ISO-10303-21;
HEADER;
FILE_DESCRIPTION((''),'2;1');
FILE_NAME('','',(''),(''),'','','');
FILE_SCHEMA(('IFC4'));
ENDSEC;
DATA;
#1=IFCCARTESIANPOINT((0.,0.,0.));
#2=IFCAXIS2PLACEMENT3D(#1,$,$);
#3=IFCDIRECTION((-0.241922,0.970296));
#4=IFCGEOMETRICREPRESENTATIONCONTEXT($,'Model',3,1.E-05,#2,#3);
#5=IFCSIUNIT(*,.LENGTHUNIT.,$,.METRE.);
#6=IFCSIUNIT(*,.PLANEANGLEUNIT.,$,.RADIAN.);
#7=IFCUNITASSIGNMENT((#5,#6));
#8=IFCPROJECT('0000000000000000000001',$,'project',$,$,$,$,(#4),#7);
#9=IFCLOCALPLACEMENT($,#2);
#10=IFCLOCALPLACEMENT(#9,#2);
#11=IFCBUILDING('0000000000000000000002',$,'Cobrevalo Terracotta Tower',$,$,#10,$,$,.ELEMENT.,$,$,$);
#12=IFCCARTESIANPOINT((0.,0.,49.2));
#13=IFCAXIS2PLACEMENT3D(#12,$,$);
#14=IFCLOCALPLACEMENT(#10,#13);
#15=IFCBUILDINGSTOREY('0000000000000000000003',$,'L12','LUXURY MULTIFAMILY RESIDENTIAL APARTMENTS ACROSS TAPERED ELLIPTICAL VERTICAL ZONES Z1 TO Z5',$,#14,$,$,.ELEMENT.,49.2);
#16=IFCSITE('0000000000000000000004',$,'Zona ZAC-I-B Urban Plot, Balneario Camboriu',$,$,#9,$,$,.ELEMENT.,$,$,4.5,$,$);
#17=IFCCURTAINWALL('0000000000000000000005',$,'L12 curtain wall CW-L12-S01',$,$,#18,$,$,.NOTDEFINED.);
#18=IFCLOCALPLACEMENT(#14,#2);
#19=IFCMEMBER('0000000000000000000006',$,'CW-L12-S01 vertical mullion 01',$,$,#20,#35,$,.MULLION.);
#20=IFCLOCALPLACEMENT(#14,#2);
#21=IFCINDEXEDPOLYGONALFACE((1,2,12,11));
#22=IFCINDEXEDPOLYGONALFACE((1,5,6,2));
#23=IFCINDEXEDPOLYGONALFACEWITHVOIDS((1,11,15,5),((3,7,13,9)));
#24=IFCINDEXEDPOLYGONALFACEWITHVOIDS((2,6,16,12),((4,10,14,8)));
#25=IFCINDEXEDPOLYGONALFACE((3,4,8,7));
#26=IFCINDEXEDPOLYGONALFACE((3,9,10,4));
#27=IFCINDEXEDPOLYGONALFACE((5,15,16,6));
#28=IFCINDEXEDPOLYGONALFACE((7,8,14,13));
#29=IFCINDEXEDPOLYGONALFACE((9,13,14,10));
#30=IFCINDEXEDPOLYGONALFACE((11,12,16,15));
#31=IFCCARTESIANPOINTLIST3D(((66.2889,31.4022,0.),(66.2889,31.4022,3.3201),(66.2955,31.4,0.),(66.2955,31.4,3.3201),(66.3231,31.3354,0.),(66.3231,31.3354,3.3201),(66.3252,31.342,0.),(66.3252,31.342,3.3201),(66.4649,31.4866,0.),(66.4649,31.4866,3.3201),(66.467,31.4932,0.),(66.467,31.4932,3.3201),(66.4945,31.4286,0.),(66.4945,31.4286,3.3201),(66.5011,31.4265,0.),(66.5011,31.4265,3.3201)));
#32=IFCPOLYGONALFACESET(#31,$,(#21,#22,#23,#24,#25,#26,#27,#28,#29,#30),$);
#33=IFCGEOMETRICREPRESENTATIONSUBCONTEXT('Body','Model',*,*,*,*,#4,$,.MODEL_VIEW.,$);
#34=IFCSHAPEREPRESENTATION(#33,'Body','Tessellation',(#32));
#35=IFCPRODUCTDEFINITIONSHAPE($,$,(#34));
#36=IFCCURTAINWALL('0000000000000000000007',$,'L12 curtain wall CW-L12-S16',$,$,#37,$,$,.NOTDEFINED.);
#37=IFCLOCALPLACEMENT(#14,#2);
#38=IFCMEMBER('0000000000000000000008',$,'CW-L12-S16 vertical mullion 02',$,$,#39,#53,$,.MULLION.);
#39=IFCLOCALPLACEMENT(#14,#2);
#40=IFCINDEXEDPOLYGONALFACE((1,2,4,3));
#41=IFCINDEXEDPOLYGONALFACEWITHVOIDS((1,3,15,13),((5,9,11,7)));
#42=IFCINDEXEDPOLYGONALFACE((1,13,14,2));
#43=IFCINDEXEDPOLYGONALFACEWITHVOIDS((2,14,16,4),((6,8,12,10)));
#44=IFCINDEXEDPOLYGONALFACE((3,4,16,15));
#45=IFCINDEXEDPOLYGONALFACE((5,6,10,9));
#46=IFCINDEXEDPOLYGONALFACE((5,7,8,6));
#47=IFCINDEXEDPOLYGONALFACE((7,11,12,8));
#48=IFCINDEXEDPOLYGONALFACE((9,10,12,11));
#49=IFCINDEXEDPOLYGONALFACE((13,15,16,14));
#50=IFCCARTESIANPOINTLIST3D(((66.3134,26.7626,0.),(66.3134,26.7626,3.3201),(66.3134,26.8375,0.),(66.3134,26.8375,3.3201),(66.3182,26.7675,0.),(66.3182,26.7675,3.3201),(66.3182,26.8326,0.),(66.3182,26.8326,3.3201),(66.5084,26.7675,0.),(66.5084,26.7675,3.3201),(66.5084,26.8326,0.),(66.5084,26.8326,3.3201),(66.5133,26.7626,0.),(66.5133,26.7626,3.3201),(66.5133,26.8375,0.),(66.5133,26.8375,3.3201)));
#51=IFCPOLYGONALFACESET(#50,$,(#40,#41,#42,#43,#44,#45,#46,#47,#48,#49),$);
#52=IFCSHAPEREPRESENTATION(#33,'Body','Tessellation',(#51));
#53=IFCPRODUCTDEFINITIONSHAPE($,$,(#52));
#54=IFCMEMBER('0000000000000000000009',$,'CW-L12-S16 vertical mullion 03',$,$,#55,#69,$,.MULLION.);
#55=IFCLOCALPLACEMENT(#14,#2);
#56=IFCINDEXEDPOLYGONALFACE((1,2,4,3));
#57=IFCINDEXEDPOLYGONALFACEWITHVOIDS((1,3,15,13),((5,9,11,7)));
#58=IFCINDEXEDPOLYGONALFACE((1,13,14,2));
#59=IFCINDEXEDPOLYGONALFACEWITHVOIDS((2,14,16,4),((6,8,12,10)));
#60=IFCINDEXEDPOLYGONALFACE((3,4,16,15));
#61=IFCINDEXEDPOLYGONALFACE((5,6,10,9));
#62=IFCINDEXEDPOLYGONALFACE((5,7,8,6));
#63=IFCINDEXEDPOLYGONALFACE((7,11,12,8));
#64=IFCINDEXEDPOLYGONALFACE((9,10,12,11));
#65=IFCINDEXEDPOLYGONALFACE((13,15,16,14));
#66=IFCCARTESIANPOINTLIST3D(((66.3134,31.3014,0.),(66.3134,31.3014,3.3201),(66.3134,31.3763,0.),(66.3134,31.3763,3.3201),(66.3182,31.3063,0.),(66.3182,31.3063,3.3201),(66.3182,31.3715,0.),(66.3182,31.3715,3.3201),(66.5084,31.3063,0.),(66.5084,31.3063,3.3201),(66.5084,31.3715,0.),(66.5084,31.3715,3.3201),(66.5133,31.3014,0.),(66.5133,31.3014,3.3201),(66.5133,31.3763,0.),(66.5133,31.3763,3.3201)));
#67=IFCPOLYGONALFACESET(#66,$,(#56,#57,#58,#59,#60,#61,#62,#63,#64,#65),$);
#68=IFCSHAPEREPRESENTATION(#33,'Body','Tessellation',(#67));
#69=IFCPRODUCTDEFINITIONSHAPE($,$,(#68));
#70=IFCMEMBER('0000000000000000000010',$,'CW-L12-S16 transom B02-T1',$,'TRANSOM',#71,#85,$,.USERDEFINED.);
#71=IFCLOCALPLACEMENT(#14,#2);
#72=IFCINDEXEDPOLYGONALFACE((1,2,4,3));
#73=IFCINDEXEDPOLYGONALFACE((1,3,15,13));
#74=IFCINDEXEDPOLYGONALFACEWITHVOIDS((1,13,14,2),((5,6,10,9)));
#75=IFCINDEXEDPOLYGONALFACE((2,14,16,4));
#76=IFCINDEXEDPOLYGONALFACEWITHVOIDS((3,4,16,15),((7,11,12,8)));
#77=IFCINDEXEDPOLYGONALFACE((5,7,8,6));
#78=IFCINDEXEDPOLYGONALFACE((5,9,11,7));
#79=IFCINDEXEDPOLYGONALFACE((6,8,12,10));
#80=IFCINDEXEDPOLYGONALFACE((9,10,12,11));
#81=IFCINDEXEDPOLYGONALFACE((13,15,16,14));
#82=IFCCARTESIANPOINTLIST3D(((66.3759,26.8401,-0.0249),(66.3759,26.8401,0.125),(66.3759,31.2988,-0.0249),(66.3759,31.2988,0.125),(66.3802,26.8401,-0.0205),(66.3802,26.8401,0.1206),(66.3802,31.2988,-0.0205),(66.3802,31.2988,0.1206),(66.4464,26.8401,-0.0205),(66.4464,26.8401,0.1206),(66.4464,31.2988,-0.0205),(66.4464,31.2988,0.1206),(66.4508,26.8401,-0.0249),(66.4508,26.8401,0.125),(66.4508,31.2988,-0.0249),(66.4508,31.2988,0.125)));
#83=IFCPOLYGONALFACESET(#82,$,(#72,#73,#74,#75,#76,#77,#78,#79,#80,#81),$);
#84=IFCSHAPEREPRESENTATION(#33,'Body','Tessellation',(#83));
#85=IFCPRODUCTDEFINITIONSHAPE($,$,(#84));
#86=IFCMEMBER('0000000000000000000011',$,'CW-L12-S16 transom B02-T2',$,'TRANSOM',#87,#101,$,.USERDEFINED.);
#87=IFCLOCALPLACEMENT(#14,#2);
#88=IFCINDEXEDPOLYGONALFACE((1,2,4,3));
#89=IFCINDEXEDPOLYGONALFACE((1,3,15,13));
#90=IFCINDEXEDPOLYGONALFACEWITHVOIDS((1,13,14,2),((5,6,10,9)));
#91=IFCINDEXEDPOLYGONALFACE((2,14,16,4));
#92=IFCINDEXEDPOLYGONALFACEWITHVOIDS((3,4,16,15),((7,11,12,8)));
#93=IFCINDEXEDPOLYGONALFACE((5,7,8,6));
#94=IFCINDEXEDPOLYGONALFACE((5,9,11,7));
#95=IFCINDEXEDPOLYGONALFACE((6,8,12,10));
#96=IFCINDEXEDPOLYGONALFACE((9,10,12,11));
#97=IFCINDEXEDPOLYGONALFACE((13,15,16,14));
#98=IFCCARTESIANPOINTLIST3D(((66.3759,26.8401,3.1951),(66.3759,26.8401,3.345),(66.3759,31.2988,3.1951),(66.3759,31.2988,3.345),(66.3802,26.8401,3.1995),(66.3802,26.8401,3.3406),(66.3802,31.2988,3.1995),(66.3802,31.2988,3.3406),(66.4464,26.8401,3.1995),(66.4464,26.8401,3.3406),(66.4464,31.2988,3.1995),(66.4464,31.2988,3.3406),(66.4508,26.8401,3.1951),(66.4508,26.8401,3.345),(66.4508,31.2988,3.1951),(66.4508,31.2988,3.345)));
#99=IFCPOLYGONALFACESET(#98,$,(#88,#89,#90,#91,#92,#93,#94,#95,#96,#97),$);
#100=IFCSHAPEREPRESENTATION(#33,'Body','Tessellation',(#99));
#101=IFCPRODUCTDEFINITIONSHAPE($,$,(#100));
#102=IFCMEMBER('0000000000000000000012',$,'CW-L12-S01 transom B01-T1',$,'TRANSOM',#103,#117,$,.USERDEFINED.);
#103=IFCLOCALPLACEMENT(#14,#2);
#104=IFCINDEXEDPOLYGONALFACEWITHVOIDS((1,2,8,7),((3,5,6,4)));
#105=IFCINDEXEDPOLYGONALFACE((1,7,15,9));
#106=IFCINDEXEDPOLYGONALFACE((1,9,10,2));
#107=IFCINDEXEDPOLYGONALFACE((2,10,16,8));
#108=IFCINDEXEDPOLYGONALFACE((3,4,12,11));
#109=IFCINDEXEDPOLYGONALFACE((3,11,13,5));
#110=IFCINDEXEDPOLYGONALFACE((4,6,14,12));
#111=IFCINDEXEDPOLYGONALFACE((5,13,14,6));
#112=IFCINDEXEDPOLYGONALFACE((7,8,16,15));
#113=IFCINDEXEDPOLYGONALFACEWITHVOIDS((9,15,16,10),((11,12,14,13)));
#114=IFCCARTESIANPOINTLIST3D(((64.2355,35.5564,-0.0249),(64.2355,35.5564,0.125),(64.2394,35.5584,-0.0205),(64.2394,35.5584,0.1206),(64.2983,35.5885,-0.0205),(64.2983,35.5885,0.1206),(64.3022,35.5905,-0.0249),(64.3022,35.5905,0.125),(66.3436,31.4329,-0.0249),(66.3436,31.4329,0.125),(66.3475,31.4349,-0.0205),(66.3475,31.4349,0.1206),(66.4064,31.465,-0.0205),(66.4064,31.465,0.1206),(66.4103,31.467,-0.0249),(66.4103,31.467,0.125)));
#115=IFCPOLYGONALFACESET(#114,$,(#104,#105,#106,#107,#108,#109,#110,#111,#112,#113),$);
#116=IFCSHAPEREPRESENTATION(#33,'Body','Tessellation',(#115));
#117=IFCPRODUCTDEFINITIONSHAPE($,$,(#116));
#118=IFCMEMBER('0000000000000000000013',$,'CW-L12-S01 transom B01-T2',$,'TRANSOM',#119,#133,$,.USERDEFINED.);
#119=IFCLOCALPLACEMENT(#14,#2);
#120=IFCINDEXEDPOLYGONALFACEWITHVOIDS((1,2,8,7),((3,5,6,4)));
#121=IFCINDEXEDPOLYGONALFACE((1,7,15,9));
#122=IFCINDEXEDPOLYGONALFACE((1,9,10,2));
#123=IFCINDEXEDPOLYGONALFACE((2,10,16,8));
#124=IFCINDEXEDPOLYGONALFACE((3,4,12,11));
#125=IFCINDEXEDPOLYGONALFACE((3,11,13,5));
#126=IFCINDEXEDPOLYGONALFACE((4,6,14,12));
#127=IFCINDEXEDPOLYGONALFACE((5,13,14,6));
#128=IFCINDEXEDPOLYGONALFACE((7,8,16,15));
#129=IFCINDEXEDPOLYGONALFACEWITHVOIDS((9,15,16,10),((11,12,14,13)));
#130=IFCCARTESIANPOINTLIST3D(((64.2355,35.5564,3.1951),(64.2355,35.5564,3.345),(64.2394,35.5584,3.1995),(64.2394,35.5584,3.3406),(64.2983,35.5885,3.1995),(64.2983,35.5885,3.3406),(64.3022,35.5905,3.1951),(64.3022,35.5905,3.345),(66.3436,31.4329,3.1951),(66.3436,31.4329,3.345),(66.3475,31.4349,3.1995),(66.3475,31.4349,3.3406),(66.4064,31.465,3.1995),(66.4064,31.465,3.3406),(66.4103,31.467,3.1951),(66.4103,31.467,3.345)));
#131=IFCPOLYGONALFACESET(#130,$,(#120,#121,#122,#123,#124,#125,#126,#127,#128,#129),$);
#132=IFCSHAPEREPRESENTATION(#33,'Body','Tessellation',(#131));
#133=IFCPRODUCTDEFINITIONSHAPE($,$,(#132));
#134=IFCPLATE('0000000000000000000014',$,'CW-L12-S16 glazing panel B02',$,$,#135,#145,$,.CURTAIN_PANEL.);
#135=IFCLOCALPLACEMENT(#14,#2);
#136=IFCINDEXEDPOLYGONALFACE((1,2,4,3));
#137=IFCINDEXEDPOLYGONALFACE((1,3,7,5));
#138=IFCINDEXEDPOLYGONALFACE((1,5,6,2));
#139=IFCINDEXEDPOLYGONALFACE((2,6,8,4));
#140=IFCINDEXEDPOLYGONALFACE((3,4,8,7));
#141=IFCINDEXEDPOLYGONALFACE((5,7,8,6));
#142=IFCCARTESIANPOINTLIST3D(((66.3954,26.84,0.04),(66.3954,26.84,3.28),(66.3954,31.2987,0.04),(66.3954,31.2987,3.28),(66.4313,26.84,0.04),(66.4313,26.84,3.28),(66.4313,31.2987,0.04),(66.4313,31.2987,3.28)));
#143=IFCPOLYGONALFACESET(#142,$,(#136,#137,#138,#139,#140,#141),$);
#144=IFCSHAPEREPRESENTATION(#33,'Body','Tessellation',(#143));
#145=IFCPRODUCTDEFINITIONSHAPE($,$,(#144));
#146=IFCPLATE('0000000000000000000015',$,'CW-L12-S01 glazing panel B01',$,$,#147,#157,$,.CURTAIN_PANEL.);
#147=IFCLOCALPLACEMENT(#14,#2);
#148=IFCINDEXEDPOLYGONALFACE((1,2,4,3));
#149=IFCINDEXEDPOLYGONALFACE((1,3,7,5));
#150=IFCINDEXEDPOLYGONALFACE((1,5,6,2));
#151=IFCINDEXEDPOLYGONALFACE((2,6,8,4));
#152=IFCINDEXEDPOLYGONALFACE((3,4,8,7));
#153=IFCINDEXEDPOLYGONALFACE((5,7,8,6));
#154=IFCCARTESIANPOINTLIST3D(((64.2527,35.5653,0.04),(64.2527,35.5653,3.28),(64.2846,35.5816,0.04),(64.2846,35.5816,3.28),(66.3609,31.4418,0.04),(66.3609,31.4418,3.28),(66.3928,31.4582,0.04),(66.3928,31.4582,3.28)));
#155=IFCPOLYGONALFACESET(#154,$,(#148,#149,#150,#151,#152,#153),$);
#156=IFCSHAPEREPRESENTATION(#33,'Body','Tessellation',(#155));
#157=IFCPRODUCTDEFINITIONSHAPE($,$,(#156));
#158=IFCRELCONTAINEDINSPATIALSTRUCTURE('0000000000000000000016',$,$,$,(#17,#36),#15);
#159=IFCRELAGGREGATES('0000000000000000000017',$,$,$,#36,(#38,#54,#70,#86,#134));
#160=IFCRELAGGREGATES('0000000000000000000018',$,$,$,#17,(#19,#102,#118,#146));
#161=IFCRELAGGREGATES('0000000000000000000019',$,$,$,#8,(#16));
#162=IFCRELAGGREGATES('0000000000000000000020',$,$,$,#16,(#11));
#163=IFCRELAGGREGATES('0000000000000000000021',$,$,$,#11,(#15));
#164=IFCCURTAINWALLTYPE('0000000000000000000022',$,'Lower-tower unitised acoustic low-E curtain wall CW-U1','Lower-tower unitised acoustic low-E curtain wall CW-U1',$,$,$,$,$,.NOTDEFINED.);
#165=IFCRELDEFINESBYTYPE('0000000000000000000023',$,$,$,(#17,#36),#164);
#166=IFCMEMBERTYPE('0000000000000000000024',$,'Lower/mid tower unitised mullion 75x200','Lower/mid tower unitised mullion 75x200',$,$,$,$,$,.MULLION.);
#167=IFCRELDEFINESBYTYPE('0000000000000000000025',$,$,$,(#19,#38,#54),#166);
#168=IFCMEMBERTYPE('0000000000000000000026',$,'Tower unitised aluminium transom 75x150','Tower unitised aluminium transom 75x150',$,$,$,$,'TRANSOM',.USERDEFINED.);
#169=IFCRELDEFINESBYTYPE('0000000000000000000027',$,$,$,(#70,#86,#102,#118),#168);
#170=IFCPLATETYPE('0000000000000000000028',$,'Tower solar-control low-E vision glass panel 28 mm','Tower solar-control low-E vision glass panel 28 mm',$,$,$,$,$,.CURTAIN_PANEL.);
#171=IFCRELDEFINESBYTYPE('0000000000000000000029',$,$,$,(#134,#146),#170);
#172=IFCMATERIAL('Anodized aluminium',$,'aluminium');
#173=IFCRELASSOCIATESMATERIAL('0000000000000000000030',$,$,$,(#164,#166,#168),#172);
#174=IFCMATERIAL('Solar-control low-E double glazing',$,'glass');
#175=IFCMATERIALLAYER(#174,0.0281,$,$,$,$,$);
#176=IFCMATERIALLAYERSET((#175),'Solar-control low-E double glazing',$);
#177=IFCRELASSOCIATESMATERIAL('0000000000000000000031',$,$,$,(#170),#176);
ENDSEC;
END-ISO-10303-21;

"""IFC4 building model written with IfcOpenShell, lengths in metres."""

from ifc_helpers import new_model, si_unit, direction, frame, origin, origin_2d, place, context, subcontext, project, spatial, rectangle, hollow_rectangle, extrude, source, transform, mapped, material, layer, layer_set, material_profile, profile_set, type_object, element, aggregate, save


model = new_model("IFC4")

# Units and contexts
model_context = context("Model", 3, precision=1e-05, world=origin(), true_north=direction((-0.241922, 0.970296)))
body_context = subcontext(model_context, "Body", "Model", "MODEL_VIEW")
ifc_project = project(units=[si_unit("LENGTHUNIT", "METRE"), si_unit("PLANEANGLEUNIT", "RADIAN")], contexts=[model_context])

# Site, building, storey
site_placement = place(None, origin())
site = spatial("IfcSite", under=ifc_project, at=site_placement, Name="Zona ZAC-I-B Urban Plot, Balneario Camboriu", CompositionType="ELEMENT", RefElevation=4.5)
building_placement = place(site_placement, origin())
building = spatial("IfcBuilding", under=site, at=building_placement, Name="Cobrevalo Terracotta Tower", CompositionType="ELEMENT")
storey_placement = place(building_placement, frame((0.0, 0.0, 49.2)))
storey = spatial("IfcBuildingStorey", under=building, at=storey_placement, Name="L12", Description="LUXURY MULTIFAMILY RESIDENTIAL APARTMENTS ACROSS TAPERED ELLIPTICAL VERTICAL ZONES Z1 TO Z5", CompositionType="ELEMENT", Elevation=49.2)

# Curtain wall, member
ifc_material_1 = material(Name="Anodized aluminium", Category="aluminium")
curtain_wall_type = type_object("IfcCurtainWallType", Name="Lower-tower unitised acoustic low-E curtain wall CW-U1", Description="Lower-tower unitised acoustic low-E curtain wall CW-U1", PredefinedType="NOTDEFINED", material=ifc_material_1)
curtain_wall_1_placement = place(storey_placement, origin())
curtain_wall_1 = element("IfcCurtainWall", 1, at=curtain_wall_1_placement, inside=storey, type_object=curtain_wall_type, Name="L12 curtain wall CW-L12-S01", PredefinedType="NOTDEFINED")
ifc_material_profile_1 = material_profile(ifc_material_1, hollow_rectangle(XDim=0.075, YDim=0.2, WallThickness=0.0049, at=origin_2d()), Name="CWM 75x200")
ifc_profile_set_1 = profile_set([ifc_material_profile_1], Name="Anodized aluminium")
member_type_1 = type_object("IfcMemberType", Name="Lower/mid tower unitised mullion 75x200", Description="Lower/mid tower unitised mullion 75x200", PredefinedType="MULLION", material=ifc_profile_set_1)
shared_shape_1 = source(origin(), body_context, "Body", "SweptSolid", [
    extrude(hollow_rectangle(XDim=0.075, YDim=0.2, WallThickness=0.0049, at=origin_2d()), origin(), (0.0, 0.0, 1.0), 3.3201),
])
member_1_placement = place(storey_placement, frame((66.395, 31.4143, 0.0), z_axis=(0.0, 0.0, 1.0), x_axis=(-0.455234, 0.890372, 0.0)))
member_1 = element("IfcMember", 2, at=member_1_placement, type_object=member_type_1, Name="CW-L12-S01 vertical mullion 01", PredefinedType="MULLION", context=body_context, shape_type="MappedRepresentation", body=[
    mapped(shared_shape_1, transform((0.0, 0.0, 0.0), scale=1.0)),
])

# Curtain wall, members
curtain_wall_2_placement = place(storey_placement, origin())
curtain_wall_2 = element("IfcCurtainWall", 3, at=curtain_wall_2_placement, inside=storey, type_object=curtain_wall_type, Name="L12 curtain wall CW-L12-S16", PredefinedType="NOTDEFINED")
member_2_placement = place(storey_placement, frame((66.4133, 26.8, 0.0), z_axis=(0.0, 0.0, 1.0), x_axis=(0.0, 1.0, 0.0)))
member_2 = element("IfcMember", 4, at=member_2_placement, type_object=member_type_1, Name="CW-L12-S16 vertical mullion 02", PredefinedType="MULLION", context=body_context, shape_type="MappedRepresentation", body=[
    mapped(shared_shape_1, transform((0.0, 0.0, 0.0), scale=1.0)),
])
member_3_placement = place(storey_placement, frame((66.4133, 31.3389, 0.0), z_axis=(0.0, 0.0, 1.0), x_axis=(0.0, 1.0, 0.0)))
member_3 = element("IfcMember", 5, at=member_3_placement, type_object=member_type_1, Name="CW-L12-S16 vertical mullion 03", PredefinedType="MULLION", context=body_context, shape_type="MappedRepresentation", body=[
    mapped(shared_shape_1, transform((0.0, 0.0, 0.0), scale=1.0)),
])
ifc_material_profile_2 = material_profile(ifc_material_1, hollow_rectangle(XDim=0.075, YDim=0.1499, WallThickness=0.0044, at=origin_2d()), Name="CWT 75x150")
ifc_profile_set_2 = profile_set([ifc_material_profile_2], Name="Anodized aluminium")
member_type_2 = type_object("IfcMemberType", Name="Tower unitised aluminium transom 75x150", Description="Tower unitised aluminium transom 75x150", ElementType="TRANSOM", PredefinedType="USERDEFINED", material=ifc_profile_set_2)
shared_shape_2 = source(origin(), body_context, "Body", "SweptSolid", [
    extrude(hollow_rectangle(XDim=0.075, YDim=0.1499, WallThickness=0.0044, at=origin_2d()), origin(), (0.0, 0.0, 1.0), 4.4587),
])
member_4_placement = place(storey_placement, frame((66.4133, 26.8401, 0.05), z_axis=(0.0, 1.0, 0.0), x_axis=(-1.0, 0.0, 0.0)))
member_4 = element("IfcMember", 6, at=member_4_placement, type_object=member_type_2, Name="CW-L12-S16 transom B02-T1", ObjectType="TRANSOM", PredefinedType="USERDEFINED", context=body_context, shape_type="MappedRepresentation", body=[
    mapped(shared_shape_2, transform((0.0, 0.0, 0.0), scale=1.0)),
])
member_5_placement = place(storey_placement, frame((66.4133, 26.8401, 3.27), z_axis=(0.0, 1.0, 0.0), x_axis=(-1.0, 0.0, 0.0)))
member_5 = element("IfcMember", 7, at=member_5_placement, type_object=member_type_2, Name="CW-L12-S16 transom B02-T2", ObjectType="TRANSOM", PredefinedType="USERDEFINED", context=body_context, shape_type="MappedRepresentation", body=[
    mapped(shared_shape_2, transform((0.0, 0.0, 0.0), scale=1.0)),
])

# Members
shared_shape_3 = source(origin(), body_context, "Body", "SweptSolid", [
    extrude(hollow_rectangle(XDim=0.075, YDim=0.1499, WallThickness=0.0044, at=origin_2d()), origin(), (0.0, 0.0, 1.0), 4.6311),
])
member_6_placement = place(storey_placement, frame((66.377, 31.45, 0.05), z_axis=(-0.455209, 0.890385, 0.0), x_axis=(-0.890385, -0.455209, 0.0)))
member_6 = element("IfcMember", 8, at=member_6_placement, type_object=member_type_2, Name="CW-L12-S01 transom B01-T1", ObjectType="TRANSOM", PredefinedType="USERDEFINED", context=body_context, shape_type="MappedRepresentation", body=[
    mapped(shared_shape_3, transform((0.0, 0.0, 0.0), scale=1.0)),
])
member_7_placement = place(storey_placement, frame((66.377, 31.45, 3.27), z_axis=(-0.455209, 0.890385, 0.0), x_axis=(-0.890385, -0.455209, 0.0)))
member_7 = element("IfcMember", 9, at=member_7_placement, type_object=member_type_2, Name="CW-L12-S01 transom B01-T2", ObjectType="TRANSOM", PredefinedType="USERDEFINED", context=body_context, shape_type="MappedRepresentation", body=[
    mapped(shared_shape_3, transform((0.0, 0.0, 0.0), scale=1.0)),
])

# Plates
ifc_material_2 = material(Name="Solar-control low-E double glazing", Category="glass")
ifc_layer_1 = layer(ifc_material_2, 0.0281)
ifc_layer_set_1 = layer_set([ifc_layer_1], Name="Solar-control low-E double glazing")
plate_type = type_object("IfcPlateType", Name="Tower solar-control low-E vision glass panel 28 mm", Description="Tower solar-control low-E vision glass panel 28 mm", PredefinedType="CURTAIN_PANEL", material=ifc_layer_set_1)
shared_shape_4 = source(origin(), body_context, "Body", "SweptSolid", [
    extrude(rectangle(XDim=4.4587, YDim=0.0359, at=origin_2d()), origin(), (0.0, 0.0, 1.0), 3.24),
])
plate_1_placement = place(storey_placement, frame((66.4133, 29.0693, 0.04), z_axis=(0.0, 0.0, 1.0), x_axis=(0.0, 1.0, 0.0)))
plate_1 = element("IfcPlate", 10, at=plate_1_placement, type_object=plate_type, Name="CW-L12-S16 glazing panel B02", PredefinedType="CURTAIN_PANEL", context=body_context, shape_type="MappedRepresentation", body=[
    mapped(shared_shape_4, transform((0.0, 0.0, 0.0), scale=1.0)),
])
aggregate(curtain_wall_2, [member_2, member_3, member_4, member_5, plate_1])
shared_shape_5 = source(origin(), body_context, "Body", "SweptSolid", [
    extrude(rectangle(XDim=4.6311, YDim=0.0359, at=origin_2d()), origin(), (0.0, 0.0, 1.0), 3.24),
])
plate_2_placement = place(storey_placement, frame((65.3228, 33.5117, 0.04), z_axis=(0.0, 0.0, 1.0), x_axis=(-0.455231, 0.890373, 0.0)))
plate_2 = element("IfcPlate", 11, at=plate_2_placement, type_object=plate_type, Name="CW-L12-S01 glazing panel B01", PredefinedType="CURTAIN_PANEL", context=body_context, shape_type="MappedRepresentation", body=[
    mapped(shared_shape_5, transform((0.0, 0.0, 0.0), scale=1.0)),
])
aggregate(curtain_wall_1, [member_1, member_6, member_7, plate_2])

save(model, "model.ifc")
